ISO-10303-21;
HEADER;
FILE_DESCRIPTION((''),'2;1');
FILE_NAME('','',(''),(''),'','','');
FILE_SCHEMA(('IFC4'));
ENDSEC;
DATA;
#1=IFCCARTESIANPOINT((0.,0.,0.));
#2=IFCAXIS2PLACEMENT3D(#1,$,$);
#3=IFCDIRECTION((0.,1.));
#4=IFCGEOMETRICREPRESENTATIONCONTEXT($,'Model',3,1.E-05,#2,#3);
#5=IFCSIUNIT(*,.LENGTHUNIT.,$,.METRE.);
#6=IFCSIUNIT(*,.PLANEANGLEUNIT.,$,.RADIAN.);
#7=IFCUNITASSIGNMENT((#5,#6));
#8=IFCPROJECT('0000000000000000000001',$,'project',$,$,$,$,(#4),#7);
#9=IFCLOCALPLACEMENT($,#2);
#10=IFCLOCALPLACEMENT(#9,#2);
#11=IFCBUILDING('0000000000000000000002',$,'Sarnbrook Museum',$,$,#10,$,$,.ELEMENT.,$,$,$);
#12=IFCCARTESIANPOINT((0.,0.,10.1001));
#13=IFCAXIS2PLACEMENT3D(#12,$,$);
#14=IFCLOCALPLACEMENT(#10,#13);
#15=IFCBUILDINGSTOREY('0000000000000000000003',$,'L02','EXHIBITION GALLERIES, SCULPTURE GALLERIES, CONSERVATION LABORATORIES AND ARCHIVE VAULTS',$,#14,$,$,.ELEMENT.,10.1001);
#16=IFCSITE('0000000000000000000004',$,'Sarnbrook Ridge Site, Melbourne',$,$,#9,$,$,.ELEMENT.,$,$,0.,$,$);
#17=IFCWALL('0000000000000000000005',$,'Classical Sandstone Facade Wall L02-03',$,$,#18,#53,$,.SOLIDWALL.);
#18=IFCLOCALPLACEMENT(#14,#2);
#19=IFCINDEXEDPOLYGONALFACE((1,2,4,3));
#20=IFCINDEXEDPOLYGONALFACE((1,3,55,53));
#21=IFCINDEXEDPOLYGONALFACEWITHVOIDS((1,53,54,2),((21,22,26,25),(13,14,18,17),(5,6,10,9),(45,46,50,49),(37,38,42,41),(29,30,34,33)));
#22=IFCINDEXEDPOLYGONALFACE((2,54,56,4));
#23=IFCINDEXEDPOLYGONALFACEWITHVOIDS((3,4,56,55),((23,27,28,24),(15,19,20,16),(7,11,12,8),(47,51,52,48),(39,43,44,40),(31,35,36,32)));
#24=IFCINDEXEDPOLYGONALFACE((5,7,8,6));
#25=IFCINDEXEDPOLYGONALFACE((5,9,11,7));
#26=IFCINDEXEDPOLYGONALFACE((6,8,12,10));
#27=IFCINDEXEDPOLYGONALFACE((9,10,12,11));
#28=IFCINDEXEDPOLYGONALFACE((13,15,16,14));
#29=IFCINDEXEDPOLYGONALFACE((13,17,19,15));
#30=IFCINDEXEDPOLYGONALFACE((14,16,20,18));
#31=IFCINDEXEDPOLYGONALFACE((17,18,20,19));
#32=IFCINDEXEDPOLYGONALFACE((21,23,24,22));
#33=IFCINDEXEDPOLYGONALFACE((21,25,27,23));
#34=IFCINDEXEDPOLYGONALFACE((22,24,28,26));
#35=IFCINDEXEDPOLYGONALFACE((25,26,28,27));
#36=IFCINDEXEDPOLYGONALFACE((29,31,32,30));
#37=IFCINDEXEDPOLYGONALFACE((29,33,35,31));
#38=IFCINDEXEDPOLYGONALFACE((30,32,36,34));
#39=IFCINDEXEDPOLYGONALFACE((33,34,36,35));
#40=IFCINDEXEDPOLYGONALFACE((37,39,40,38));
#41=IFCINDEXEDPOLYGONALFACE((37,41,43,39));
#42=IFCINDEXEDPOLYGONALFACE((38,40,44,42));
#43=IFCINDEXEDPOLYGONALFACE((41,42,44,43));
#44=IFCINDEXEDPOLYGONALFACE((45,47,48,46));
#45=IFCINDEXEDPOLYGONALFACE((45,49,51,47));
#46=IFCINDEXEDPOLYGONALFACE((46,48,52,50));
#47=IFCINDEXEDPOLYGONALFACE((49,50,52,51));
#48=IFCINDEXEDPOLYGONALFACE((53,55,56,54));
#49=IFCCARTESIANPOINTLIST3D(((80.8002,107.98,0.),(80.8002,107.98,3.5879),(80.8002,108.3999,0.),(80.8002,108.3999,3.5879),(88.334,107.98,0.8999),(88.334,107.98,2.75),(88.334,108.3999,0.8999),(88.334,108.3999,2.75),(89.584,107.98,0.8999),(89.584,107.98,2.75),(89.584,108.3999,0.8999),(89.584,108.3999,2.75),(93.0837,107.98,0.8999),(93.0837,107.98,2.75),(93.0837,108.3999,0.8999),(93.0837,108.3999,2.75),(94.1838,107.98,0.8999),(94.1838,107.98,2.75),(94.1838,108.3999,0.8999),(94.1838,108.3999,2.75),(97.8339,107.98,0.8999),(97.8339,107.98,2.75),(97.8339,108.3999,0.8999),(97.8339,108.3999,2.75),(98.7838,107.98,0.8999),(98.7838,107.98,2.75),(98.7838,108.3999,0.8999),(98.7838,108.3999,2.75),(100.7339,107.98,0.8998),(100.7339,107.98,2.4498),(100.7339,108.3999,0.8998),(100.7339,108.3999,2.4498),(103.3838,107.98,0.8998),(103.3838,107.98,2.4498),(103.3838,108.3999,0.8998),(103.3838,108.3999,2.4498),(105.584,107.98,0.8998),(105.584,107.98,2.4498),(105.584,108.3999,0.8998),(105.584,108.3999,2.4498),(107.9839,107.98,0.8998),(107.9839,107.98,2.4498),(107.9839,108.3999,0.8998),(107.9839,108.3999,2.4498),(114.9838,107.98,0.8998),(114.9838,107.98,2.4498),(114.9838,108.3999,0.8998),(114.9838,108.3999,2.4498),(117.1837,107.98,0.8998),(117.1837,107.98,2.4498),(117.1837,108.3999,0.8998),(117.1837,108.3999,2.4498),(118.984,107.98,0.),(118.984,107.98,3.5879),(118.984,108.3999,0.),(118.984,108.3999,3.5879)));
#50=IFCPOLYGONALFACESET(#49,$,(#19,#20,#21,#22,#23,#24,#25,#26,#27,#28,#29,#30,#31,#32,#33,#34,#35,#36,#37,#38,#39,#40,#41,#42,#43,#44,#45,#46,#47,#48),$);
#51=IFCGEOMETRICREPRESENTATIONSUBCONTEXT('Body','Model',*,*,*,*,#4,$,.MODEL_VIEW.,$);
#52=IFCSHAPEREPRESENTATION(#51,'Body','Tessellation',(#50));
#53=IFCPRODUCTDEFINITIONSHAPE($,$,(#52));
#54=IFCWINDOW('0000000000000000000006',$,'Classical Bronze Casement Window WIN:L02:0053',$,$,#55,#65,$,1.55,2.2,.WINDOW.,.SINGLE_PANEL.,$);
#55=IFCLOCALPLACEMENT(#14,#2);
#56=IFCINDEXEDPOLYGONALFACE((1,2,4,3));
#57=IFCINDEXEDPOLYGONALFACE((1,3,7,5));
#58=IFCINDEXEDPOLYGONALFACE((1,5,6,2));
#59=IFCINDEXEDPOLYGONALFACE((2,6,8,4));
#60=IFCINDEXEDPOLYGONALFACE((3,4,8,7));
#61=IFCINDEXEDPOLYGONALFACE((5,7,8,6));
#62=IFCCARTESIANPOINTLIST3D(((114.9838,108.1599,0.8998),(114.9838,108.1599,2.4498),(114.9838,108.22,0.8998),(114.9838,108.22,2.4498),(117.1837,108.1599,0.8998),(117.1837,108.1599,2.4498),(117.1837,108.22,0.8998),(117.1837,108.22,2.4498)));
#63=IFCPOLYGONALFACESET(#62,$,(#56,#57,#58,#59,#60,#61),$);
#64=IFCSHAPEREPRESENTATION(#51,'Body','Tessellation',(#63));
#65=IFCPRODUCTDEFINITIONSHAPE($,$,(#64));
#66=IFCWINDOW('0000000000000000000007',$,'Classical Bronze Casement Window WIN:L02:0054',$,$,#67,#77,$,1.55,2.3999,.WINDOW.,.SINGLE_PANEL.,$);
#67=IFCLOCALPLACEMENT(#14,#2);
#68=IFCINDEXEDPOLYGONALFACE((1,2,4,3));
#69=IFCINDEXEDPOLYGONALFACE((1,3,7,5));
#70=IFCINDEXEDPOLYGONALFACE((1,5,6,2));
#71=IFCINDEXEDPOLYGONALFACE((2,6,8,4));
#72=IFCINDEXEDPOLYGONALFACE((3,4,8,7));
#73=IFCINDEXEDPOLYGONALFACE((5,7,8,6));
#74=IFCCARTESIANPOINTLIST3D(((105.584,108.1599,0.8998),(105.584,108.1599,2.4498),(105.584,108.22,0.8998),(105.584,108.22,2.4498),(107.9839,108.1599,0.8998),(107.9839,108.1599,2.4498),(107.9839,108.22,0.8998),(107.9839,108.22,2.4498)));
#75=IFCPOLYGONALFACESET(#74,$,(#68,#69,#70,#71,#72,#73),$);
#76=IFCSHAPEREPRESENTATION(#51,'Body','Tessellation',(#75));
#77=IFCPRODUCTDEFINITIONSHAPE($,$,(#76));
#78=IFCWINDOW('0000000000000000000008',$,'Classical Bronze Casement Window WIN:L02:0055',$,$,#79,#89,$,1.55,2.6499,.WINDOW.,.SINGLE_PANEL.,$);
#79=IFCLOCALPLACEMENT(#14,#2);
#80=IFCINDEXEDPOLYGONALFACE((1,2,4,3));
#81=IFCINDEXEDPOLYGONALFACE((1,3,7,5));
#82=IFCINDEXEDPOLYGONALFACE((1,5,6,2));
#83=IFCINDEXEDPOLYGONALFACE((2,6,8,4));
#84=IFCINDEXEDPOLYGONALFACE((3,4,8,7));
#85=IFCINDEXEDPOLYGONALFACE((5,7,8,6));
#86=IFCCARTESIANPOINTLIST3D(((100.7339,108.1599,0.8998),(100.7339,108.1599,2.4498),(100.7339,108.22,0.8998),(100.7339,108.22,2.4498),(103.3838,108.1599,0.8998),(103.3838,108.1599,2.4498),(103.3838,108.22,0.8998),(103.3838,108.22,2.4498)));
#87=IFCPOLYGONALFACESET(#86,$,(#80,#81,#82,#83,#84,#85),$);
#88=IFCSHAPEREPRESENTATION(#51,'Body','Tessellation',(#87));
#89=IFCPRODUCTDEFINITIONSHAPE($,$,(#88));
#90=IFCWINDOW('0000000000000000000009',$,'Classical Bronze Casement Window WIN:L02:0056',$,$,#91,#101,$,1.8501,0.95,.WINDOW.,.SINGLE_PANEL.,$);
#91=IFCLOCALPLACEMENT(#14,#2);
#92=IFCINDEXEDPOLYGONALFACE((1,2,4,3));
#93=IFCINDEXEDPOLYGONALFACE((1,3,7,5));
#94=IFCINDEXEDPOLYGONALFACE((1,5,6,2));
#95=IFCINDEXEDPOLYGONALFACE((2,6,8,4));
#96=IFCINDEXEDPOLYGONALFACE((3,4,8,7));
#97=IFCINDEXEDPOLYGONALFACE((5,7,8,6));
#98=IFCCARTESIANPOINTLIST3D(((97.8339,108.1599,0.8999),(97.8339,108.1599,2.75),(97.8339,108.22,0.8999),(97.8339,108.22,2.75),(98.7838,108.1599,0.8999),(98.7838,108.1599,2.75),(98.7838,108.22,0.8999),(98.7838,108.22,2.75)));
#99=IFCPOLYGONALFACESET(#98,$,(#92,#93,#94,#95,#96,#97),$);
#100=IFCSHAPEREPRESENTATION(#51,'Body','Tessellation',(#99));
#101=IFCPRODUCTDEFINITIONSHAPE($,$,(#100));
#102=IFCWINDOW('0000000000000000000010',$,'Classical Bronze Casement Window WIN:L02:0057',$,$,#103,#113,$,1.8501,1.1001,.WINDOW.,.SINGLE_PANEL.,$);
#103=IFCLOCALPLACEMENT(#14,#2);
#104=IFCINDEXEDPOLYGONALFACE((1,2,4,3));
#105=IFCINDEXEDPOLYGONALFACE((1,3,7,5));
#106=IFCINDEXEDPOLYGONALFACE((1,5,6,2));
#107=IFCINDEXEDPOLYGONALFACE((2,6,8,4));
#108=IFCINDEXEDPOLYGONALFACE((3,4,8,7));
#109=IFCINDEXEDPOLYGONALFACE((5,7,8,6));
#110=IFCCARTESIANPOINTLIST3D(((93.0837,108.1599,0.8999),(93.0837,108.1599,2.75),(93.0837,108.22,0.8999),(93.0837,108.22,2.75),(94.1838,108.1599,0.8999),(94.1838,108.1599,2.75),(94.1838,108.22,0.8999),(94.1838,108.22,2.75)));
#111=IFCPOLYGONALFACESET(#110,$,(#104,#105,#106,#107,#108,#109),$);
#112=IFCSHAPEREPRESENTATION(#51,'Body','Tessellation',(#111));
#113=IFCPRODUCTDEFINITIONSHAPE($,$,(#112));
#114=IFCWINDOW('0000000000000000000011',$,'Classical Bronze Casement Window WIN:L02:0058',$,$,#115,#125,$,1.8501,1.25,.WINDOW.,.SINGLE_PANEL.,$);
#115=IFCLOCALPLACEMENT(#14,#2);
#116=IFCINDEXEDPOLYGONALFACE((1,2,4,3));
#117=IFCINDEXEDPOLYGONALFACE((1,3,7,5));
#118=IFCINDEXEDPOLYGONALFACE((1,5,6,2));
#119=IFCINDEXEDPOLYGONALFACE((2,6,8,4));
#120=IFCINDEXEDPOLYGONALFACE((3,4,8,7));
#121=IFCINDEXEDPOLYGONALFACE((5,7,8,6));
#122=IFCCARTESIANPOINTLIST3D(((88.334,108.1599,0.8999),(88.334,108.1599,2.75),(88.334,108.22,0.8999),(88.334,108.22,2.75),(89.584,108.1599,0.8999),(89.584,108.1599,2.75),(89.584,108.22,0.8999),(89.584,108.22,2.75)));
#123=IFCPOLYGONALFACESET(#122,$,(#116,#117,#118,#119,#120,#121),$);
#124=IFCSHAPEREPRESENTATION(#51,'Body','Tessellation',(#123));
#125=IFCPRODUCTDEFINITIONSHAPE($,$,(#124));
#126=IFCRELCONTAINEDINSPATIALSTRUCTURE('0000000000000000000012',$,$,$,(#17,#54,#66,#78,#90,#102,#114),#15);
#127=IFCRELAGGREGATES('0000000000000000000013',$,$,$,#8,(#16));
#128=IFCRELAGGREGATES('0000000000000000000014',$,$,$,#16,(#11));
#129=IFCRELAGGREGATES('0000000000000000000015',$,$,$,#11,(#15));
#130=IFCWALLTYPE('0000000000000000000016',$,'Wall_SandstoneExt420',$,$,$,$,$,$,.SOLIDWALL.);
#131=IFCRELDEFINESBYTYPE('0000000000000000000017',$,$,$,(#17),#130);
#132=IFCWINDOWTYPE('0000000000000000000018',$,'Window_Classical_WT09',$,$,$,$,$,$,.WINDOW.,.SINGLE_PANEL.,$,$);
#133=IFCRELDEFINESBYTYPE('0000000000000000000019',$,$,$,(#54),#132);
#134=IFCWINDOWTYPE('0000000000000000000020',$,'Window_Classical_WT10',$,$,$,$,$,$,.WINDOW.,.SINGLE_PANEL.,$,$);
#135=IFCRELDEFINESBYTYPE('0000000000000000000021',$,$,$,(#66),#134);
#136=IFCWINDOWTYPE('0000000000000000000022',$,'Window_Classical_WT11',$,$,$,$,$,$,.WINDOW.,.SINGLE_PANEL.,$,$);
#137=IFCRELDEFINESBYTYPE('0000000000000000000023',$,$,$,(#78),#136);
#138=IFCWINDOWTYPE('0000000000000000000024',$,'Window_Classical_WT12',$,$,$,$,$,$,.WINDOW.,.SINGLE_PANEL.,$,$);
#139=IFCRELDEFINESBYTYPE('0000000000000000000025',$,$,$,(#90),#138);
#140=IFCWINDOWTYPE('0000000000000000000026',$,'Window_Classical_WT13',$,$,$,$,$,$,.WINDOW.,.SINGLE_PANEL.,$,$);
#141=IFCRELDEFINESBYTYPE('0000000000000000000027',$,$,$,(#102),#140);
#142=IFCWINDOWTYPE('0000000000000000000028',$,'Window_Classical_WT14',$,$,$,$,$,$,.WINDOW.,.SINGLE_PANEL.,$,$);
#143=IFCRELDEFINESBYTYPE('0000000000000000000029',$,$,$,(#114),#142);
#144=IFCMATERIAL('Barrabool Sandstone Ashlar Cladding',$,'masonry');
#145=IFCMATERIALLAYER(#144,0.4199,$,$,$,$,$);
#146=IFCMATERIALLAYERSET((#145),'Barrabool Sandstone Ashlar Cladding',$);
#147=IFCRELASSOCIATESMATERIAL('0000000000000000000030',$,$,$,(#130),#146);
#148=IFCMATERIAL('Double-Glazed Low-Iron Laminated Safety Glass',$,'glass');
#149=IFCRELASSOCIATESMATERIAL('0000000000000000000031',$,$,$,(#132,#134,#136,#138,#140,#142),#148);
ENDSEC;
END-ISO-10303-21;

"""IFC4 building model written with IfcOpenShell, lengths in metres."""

from ifc_helpers import new_model, si_unit, direction, frame, frame_2d, origin, place, context, subcontext, project, spatial, rectangle, extrude, material, layer, layer_set, type_object, element, fill, save


model = new_model("IFC4")

# Units and contexts
model_context = context("Model", 3, precision=1e-05, world=origin(), true_north=direction((0.0, 1.0)))
body_context = subcontext(model_context, "Body", "Model", "MODEL_VIEW")
ifc_project = project(units=[si_unit("LENGTHUNIT", "METRE"), si_unit("PLANEANGLEUNIT", "RADIAN")], contexts=[model_context])

# Site, building, storey
site_placement = place(None, origin())
site = spatial("IfcSite", under=ifc_project, at=site_placement, Name="Sarnbrook Ridge Site, Melbourne", CompositionType="ELEMENT", RefElevation=0.0)
building_placement = place(site_placement, origin())
building = spatial("IfcBuilding", under=site, at=building_placement, Name="Sarnbrook Museum", CompositionType="ELEMENT")
storey_placement = place(building_placement, frame((0.0, 0.0, 10.1001)))
storey = spatial("IfcBuildingStorey", under=building, at=storey_placement, Name="L02", Description="EXHIBITION GALLERIES, SCULPTURE GALLERIES, CONSERVATION LABORATORIES AND ARCHIVE VAULTS", CompositionType="ELEMENT", Elevation=10.1001)

# Shared definitions
ifc_material_1 = material(Name="Double-Glazed Low-Iron Laminated Safety Glass", Category="glass")

# Shared definitions
ifc_material_2 = material(Name="Barrabool Sandstone Ashlar Cladding", Category="masonry")
ifc_layer_1 = layer(ifc_material_2, 0.4199)
ifc_layer_set_1 = layer_set([ifc_layer_1], Name="Barrabool Sandstone Ashlar Cladding")
wall_type_1 = type_object("IfcWallType", Name="Wall_SandstoneExt420", PredefinedType="SOLIDWALL", material=ifc_layer_set_1)

# Wall, openings, windows
wall_1_placement = place(storey_placement, frame((118.9839, 108.1899, 0.0), z_axis=(0.0, 0.0, 1.0), x_axis=(-1.0, 0.0, 0.0)))
wall_1 = element("IfcWall", 1, at=wall_1_placement, inside=storey, type_object=wall_type_1, Name="Classical Sandstone Facade Wall L02-03", PredefinedType="SOLIDWALL", context=body_context, shape_type="SweptSolid", body=[
    extrude(rectangle(XDim=38.1838, YDim=0.4199, at=frame_2d((19.0918, 0.0))), origin(), (0.0, 0.0, 1.0), 3.5879),
])
opening_1_placement = place(wall_1_placement, frame((1.8, 0.0, 0.8999)))
opening_1 = element("IfcOpeningElement", 2, at=opening_1_placement, cuts=wall_1, PredefinedType="OPENING", context=body_context, shape_type="SweptSolid", body=[
    extrude(rectangle(XDim=2.2, YDim=1.55, at=frame_2d((1.1001, 0.7749))), frame((0.0, 0.22, 0.0), z_axis=(0.0, -1.0, 0.0), x_axis=(1.0, 0.0, 0.0)), (0.0, 0.0, 1.0), 0.4399),
])
opening_2_placement = place(wall_1_placement, frame((11.0, 0.0, 0.8999)))
opening_2 = element("IfcOpeningElement", 3, at=opening_2_placement, cuts=wall_1, PredefinedType="OPENING", context=body_context, shape_type="SweptSolid", body=[
    extrude(rectangle(XDim=2.3999, YDim=1.55, at=frame_2d((1.2, 0.7749))), frame((0.0, 0.22, 0.0), z_axis=(0.0, -1.0, 0.0), x_axis=(1.0, 0.0, 0.0)), (0.0, 0.0, 1.0), 0.4399),
])
opening_3_placement = place(wall_1_placement, frame((15.6001, 0.0, 0.8999)))
opening_3 = element("IfcOpeningElement", 4, at=opening_3_placement, cuts=wall_1, PredefinedType="OPENING", context=body_context, shape_type="SweptSolid", body=[
    extrude(rectangle(XDim=2.6499, YDim=1.55, at=frame_2d((1.325, 0.7749))), frame((0.0, 0.22, 0.0), z_axis=(0.0, -1.0, 0.0), x_axis=(1.0, 0.0, 0.0)), (0.0, 0.0, 1.0), 0.4399),
])
opening_4_placement = place(wall_1_placement, frame((20.2, 0.0, 0.8999)))
opening_4 = element("IfcOpeningElement", 5, at=opening_4_placement, cuts=wall_1, PredefinedType="OPENING", context=body_context, shape_type="SweptSolid", body=[
    extrude(rectangle(XDim=0.95, YDim=1.8501, at=frame_2d((0.4751, 0.925))), frame((0.0, 0.22, 0.0), z_axis=(0.0, -1.0, 0.0), x_axis=(1.0, 0.0, 0.0)), (0.0, 0.0, 1.0), 0.4399),
])
opening_5_placement = place(wall_1_placement, frame((24.8, 0.0, 0.8999)))
opening_5 = element("IfcOpeningElement", 6, at=opening_5_placement, cuts=wall_1, PredefinedType="OPENING", context=body_context, shape_type="SweptSolid", body=[
    extrude(rectangle(XDim=1.1001, YDim=1.8501, at=frame_2d((0.55, 0.925))), frame((0.0, 0.22, 0.0), z_axis=(0.0, -1.0, 0.0), x_axis=(1.0, 0.0, 0.0)), (0.0, 0.0, 1.0), 0.4399),
])
opening_6_placement = place(wall_1_placement, frame((29.3999, 0.0, 0.8999)))
opening_6 = element("IfcOpeningElement", 7, at=opening_6_placement, cuts=wall_1, PredefinedType="OPENING", context=body_context, shape_type="SweptSolid", body=[
    extrude(rectangle(XDim=1.25, YDim=1.8501, at=frame_2d((0.625, 0.925))), frame((0.0, 0.22, 0.0), z_axis=(0.0, -1.0, 0.0), x_axis=(1.0, 0.0, 0.0)), (0.0, 0.0, 1.0), 0.4399),
])
window_type_1 = type_object("IfcWindowType", Name="Window_Classical_WT09", PartitioningType="SINGLE_PANEL", PredefinedType="WINDOW", material=ifc_material_1)
window_1_placement = place(opening_1_placement, origin())
window_1 = element("IfcWindow", 8, at=window_1_placement, inside=storey, type_object=window_type_1, Name="Classical Bronze Casement Window WIN:L02:0053", OverallHeight=1.55, OverallWidth=2.2, PartitioningType="SINGLE_PANEL", PredefinedType="WINDOW", context=body_context, shape_type="SweptSolid", body=[
    extrude(rectangle(XDim=2.2, YDim=1.55, at=frame_2d((1.1001, 0.7749))), frame((0.0, 0.03, 0.0), z_axis=(0.0, -1.0, 0.0), x_axis=(1.0, 0.0, 0.0)), (0.0, 0.0, 1.0), 0.0601),
])
fill(opening_1, window_1)
window_type_2 = type_object("IfcWindowType", Name="Window_Classical_WT10", PartitioningType="SINGLE_PANEL", PredefinedType="WINDOW", material=ifc_material_1)
window_2_placement = place(opening_2_placement, origin())
window_2 = element("IfcWindow", 9, at=window_2_placement, inside=storey, type_object=window_type_2, Name="Classical Bronze Casement Window WIN:L02:0054", OverallHeight=1.55, OverallWidth=2.3999, PartitioningType="SINGLE_PANEL", PredefinedType="WINDOW", context=body_context, shape_type="SweptSolid", body=[
    extrude(rectangle(XDim=2.3999, YDim=1.55, at=frame_2d((1.2, 0.7749))), frame((0.0, 0.03, 0.0), z_axis=(0.0, -1.0, 0.0), x_axis=(1.0, 0.0, 0.0)), (0.0, 0.0, 1.0), 0.0601),
])
fill(opening_2, window_2)
window_type_3 = type_object("IfcWindowType", Name="Window_Classical_WT11", PartitioningType="SINGLE_PANEL", PredefinedType="WINDOW", material=ifc_material_1)
window_3_placement = place(opening_3_placement, origin())
window_3 = element("IfcWindow", 10, at=window_3_placement, inside=storey, type_object=window_type_3, Name="Classical Bronze Casement Window WIN:L02:0055", OverallHeight=1.55, OverallWidth=2.6499, PartitioningType="SINGLE_PANEL", PredefinedType="WINDOW", context=body_context, shape_type="SweptSolid", body=[
    extrude(rectangle(XDim=2.6499, YDim=1.55, at=frame_2d((1.325, 0.7749))), frame((0.0, 0.03, 0.0), z_axis=(0.0, -1.0, 0.0), x_axis=(1.0, 0.0, 0.0)), (0.0, 0.0, 1.0), 0.0601),
])
fill(opening_3, window_3)
window_type_4 = type_object("IfcWindowType", Name="Window_Classical_WT12", PartitioningType="SINGLE_PANEL", PredefinedType="WINDOW", material=ifc_material_1)
window_4_placement = place(opening_4_placement, origin())
window_4 = element("IfcWindow", 11, at=window_4_placement, inside=storey, type_object=window_type_4, Name="Classical Bronze Casement Window WIN:L02:0056", OverallHeight=1.8501, OverallWidth=0.95, PartitioningType="SINGLE_PANEL", PredefinedType="WINDOW", context=body_context, shape_type="SweptSolid", body=[
    extrude(rectangle(XDim=0.95, YDim=1.8501, at=frame_2d((0.4751, 0.925))), frame((0.0, 0.03, 0.0), z_axis=(0.0, -1.0, 0.0), x_axis=(1.0, 0.0, 0.0)), (0.0, 0.0, 1.0), 0.0601),
])
fill(opening_4, window_4)
window_type_5 = type_object("IfcWindowType", Name="Window_Classical_WT13", PartitioningType="SINGLE_PANEL", PredefinedType="WINDOW", material=ifc_material_1)
window_5_placement = place(opening_5_placement, origin())
window_5 = element("IfcWindow", 12, at=window_5_placement, inside=storey, type_object=window_type_5, Name="Classical Bronze Casement Window WIN:L02:0057", OverallHeight=1.8501, OverallWidth=1.1001, PartitioningType="SINGLE_PANEL", PredefinedType="WINDOW", context=body_context, shape_type="SweptSolid", body=[
    extrude(rectangle(XDim=1.1001, YDim=1.8501, at=frame_2d((0.55, 0.925))), frame((0.0, 0.03, 0.0), z_axis=(0.0, -1.0, 0.0), x_axis=(1.0, 0.0, 0.0)), (0.0, 0.0, 1.0), 0.0601),
])
fill(opening_5, window_5)
window_type_6 = type_object("IfcWindowType", Name="Window_Classical_WT14", PartitioningType="SINGLE_PANEL", PredefinedType="WINDOW", material=ifc_material_1)
window_6_placement = place(opening_6_placement, origin())
window_6 = element("IfcWindow", 13, at=window_6_placement, inside=storey, type_object=window_type_6, Name="Classical Bronze Casement Window WIN:L02:0058", OverallHeight=1.8501, OverallWidth=1.25, PartitioningType="SINGLE_PANEL", PredefinedType="WINDOW", context=body_context, shape_type="SweptSolid", body=[
    extrude(rectangle(XDim=1.25, YDim=1.8501, at=frame_2d((0.625, 0.925))), frame((0.0, 0.03, 0.0), z_axis=(0.0, -1.0, 0.0), x_axis=(1.0, 0.0, 0.0)), (0.0, 0.0, 1.0), 0.0601),
])
fill(opening_6, window_6)

save(model, "model.ifc")
